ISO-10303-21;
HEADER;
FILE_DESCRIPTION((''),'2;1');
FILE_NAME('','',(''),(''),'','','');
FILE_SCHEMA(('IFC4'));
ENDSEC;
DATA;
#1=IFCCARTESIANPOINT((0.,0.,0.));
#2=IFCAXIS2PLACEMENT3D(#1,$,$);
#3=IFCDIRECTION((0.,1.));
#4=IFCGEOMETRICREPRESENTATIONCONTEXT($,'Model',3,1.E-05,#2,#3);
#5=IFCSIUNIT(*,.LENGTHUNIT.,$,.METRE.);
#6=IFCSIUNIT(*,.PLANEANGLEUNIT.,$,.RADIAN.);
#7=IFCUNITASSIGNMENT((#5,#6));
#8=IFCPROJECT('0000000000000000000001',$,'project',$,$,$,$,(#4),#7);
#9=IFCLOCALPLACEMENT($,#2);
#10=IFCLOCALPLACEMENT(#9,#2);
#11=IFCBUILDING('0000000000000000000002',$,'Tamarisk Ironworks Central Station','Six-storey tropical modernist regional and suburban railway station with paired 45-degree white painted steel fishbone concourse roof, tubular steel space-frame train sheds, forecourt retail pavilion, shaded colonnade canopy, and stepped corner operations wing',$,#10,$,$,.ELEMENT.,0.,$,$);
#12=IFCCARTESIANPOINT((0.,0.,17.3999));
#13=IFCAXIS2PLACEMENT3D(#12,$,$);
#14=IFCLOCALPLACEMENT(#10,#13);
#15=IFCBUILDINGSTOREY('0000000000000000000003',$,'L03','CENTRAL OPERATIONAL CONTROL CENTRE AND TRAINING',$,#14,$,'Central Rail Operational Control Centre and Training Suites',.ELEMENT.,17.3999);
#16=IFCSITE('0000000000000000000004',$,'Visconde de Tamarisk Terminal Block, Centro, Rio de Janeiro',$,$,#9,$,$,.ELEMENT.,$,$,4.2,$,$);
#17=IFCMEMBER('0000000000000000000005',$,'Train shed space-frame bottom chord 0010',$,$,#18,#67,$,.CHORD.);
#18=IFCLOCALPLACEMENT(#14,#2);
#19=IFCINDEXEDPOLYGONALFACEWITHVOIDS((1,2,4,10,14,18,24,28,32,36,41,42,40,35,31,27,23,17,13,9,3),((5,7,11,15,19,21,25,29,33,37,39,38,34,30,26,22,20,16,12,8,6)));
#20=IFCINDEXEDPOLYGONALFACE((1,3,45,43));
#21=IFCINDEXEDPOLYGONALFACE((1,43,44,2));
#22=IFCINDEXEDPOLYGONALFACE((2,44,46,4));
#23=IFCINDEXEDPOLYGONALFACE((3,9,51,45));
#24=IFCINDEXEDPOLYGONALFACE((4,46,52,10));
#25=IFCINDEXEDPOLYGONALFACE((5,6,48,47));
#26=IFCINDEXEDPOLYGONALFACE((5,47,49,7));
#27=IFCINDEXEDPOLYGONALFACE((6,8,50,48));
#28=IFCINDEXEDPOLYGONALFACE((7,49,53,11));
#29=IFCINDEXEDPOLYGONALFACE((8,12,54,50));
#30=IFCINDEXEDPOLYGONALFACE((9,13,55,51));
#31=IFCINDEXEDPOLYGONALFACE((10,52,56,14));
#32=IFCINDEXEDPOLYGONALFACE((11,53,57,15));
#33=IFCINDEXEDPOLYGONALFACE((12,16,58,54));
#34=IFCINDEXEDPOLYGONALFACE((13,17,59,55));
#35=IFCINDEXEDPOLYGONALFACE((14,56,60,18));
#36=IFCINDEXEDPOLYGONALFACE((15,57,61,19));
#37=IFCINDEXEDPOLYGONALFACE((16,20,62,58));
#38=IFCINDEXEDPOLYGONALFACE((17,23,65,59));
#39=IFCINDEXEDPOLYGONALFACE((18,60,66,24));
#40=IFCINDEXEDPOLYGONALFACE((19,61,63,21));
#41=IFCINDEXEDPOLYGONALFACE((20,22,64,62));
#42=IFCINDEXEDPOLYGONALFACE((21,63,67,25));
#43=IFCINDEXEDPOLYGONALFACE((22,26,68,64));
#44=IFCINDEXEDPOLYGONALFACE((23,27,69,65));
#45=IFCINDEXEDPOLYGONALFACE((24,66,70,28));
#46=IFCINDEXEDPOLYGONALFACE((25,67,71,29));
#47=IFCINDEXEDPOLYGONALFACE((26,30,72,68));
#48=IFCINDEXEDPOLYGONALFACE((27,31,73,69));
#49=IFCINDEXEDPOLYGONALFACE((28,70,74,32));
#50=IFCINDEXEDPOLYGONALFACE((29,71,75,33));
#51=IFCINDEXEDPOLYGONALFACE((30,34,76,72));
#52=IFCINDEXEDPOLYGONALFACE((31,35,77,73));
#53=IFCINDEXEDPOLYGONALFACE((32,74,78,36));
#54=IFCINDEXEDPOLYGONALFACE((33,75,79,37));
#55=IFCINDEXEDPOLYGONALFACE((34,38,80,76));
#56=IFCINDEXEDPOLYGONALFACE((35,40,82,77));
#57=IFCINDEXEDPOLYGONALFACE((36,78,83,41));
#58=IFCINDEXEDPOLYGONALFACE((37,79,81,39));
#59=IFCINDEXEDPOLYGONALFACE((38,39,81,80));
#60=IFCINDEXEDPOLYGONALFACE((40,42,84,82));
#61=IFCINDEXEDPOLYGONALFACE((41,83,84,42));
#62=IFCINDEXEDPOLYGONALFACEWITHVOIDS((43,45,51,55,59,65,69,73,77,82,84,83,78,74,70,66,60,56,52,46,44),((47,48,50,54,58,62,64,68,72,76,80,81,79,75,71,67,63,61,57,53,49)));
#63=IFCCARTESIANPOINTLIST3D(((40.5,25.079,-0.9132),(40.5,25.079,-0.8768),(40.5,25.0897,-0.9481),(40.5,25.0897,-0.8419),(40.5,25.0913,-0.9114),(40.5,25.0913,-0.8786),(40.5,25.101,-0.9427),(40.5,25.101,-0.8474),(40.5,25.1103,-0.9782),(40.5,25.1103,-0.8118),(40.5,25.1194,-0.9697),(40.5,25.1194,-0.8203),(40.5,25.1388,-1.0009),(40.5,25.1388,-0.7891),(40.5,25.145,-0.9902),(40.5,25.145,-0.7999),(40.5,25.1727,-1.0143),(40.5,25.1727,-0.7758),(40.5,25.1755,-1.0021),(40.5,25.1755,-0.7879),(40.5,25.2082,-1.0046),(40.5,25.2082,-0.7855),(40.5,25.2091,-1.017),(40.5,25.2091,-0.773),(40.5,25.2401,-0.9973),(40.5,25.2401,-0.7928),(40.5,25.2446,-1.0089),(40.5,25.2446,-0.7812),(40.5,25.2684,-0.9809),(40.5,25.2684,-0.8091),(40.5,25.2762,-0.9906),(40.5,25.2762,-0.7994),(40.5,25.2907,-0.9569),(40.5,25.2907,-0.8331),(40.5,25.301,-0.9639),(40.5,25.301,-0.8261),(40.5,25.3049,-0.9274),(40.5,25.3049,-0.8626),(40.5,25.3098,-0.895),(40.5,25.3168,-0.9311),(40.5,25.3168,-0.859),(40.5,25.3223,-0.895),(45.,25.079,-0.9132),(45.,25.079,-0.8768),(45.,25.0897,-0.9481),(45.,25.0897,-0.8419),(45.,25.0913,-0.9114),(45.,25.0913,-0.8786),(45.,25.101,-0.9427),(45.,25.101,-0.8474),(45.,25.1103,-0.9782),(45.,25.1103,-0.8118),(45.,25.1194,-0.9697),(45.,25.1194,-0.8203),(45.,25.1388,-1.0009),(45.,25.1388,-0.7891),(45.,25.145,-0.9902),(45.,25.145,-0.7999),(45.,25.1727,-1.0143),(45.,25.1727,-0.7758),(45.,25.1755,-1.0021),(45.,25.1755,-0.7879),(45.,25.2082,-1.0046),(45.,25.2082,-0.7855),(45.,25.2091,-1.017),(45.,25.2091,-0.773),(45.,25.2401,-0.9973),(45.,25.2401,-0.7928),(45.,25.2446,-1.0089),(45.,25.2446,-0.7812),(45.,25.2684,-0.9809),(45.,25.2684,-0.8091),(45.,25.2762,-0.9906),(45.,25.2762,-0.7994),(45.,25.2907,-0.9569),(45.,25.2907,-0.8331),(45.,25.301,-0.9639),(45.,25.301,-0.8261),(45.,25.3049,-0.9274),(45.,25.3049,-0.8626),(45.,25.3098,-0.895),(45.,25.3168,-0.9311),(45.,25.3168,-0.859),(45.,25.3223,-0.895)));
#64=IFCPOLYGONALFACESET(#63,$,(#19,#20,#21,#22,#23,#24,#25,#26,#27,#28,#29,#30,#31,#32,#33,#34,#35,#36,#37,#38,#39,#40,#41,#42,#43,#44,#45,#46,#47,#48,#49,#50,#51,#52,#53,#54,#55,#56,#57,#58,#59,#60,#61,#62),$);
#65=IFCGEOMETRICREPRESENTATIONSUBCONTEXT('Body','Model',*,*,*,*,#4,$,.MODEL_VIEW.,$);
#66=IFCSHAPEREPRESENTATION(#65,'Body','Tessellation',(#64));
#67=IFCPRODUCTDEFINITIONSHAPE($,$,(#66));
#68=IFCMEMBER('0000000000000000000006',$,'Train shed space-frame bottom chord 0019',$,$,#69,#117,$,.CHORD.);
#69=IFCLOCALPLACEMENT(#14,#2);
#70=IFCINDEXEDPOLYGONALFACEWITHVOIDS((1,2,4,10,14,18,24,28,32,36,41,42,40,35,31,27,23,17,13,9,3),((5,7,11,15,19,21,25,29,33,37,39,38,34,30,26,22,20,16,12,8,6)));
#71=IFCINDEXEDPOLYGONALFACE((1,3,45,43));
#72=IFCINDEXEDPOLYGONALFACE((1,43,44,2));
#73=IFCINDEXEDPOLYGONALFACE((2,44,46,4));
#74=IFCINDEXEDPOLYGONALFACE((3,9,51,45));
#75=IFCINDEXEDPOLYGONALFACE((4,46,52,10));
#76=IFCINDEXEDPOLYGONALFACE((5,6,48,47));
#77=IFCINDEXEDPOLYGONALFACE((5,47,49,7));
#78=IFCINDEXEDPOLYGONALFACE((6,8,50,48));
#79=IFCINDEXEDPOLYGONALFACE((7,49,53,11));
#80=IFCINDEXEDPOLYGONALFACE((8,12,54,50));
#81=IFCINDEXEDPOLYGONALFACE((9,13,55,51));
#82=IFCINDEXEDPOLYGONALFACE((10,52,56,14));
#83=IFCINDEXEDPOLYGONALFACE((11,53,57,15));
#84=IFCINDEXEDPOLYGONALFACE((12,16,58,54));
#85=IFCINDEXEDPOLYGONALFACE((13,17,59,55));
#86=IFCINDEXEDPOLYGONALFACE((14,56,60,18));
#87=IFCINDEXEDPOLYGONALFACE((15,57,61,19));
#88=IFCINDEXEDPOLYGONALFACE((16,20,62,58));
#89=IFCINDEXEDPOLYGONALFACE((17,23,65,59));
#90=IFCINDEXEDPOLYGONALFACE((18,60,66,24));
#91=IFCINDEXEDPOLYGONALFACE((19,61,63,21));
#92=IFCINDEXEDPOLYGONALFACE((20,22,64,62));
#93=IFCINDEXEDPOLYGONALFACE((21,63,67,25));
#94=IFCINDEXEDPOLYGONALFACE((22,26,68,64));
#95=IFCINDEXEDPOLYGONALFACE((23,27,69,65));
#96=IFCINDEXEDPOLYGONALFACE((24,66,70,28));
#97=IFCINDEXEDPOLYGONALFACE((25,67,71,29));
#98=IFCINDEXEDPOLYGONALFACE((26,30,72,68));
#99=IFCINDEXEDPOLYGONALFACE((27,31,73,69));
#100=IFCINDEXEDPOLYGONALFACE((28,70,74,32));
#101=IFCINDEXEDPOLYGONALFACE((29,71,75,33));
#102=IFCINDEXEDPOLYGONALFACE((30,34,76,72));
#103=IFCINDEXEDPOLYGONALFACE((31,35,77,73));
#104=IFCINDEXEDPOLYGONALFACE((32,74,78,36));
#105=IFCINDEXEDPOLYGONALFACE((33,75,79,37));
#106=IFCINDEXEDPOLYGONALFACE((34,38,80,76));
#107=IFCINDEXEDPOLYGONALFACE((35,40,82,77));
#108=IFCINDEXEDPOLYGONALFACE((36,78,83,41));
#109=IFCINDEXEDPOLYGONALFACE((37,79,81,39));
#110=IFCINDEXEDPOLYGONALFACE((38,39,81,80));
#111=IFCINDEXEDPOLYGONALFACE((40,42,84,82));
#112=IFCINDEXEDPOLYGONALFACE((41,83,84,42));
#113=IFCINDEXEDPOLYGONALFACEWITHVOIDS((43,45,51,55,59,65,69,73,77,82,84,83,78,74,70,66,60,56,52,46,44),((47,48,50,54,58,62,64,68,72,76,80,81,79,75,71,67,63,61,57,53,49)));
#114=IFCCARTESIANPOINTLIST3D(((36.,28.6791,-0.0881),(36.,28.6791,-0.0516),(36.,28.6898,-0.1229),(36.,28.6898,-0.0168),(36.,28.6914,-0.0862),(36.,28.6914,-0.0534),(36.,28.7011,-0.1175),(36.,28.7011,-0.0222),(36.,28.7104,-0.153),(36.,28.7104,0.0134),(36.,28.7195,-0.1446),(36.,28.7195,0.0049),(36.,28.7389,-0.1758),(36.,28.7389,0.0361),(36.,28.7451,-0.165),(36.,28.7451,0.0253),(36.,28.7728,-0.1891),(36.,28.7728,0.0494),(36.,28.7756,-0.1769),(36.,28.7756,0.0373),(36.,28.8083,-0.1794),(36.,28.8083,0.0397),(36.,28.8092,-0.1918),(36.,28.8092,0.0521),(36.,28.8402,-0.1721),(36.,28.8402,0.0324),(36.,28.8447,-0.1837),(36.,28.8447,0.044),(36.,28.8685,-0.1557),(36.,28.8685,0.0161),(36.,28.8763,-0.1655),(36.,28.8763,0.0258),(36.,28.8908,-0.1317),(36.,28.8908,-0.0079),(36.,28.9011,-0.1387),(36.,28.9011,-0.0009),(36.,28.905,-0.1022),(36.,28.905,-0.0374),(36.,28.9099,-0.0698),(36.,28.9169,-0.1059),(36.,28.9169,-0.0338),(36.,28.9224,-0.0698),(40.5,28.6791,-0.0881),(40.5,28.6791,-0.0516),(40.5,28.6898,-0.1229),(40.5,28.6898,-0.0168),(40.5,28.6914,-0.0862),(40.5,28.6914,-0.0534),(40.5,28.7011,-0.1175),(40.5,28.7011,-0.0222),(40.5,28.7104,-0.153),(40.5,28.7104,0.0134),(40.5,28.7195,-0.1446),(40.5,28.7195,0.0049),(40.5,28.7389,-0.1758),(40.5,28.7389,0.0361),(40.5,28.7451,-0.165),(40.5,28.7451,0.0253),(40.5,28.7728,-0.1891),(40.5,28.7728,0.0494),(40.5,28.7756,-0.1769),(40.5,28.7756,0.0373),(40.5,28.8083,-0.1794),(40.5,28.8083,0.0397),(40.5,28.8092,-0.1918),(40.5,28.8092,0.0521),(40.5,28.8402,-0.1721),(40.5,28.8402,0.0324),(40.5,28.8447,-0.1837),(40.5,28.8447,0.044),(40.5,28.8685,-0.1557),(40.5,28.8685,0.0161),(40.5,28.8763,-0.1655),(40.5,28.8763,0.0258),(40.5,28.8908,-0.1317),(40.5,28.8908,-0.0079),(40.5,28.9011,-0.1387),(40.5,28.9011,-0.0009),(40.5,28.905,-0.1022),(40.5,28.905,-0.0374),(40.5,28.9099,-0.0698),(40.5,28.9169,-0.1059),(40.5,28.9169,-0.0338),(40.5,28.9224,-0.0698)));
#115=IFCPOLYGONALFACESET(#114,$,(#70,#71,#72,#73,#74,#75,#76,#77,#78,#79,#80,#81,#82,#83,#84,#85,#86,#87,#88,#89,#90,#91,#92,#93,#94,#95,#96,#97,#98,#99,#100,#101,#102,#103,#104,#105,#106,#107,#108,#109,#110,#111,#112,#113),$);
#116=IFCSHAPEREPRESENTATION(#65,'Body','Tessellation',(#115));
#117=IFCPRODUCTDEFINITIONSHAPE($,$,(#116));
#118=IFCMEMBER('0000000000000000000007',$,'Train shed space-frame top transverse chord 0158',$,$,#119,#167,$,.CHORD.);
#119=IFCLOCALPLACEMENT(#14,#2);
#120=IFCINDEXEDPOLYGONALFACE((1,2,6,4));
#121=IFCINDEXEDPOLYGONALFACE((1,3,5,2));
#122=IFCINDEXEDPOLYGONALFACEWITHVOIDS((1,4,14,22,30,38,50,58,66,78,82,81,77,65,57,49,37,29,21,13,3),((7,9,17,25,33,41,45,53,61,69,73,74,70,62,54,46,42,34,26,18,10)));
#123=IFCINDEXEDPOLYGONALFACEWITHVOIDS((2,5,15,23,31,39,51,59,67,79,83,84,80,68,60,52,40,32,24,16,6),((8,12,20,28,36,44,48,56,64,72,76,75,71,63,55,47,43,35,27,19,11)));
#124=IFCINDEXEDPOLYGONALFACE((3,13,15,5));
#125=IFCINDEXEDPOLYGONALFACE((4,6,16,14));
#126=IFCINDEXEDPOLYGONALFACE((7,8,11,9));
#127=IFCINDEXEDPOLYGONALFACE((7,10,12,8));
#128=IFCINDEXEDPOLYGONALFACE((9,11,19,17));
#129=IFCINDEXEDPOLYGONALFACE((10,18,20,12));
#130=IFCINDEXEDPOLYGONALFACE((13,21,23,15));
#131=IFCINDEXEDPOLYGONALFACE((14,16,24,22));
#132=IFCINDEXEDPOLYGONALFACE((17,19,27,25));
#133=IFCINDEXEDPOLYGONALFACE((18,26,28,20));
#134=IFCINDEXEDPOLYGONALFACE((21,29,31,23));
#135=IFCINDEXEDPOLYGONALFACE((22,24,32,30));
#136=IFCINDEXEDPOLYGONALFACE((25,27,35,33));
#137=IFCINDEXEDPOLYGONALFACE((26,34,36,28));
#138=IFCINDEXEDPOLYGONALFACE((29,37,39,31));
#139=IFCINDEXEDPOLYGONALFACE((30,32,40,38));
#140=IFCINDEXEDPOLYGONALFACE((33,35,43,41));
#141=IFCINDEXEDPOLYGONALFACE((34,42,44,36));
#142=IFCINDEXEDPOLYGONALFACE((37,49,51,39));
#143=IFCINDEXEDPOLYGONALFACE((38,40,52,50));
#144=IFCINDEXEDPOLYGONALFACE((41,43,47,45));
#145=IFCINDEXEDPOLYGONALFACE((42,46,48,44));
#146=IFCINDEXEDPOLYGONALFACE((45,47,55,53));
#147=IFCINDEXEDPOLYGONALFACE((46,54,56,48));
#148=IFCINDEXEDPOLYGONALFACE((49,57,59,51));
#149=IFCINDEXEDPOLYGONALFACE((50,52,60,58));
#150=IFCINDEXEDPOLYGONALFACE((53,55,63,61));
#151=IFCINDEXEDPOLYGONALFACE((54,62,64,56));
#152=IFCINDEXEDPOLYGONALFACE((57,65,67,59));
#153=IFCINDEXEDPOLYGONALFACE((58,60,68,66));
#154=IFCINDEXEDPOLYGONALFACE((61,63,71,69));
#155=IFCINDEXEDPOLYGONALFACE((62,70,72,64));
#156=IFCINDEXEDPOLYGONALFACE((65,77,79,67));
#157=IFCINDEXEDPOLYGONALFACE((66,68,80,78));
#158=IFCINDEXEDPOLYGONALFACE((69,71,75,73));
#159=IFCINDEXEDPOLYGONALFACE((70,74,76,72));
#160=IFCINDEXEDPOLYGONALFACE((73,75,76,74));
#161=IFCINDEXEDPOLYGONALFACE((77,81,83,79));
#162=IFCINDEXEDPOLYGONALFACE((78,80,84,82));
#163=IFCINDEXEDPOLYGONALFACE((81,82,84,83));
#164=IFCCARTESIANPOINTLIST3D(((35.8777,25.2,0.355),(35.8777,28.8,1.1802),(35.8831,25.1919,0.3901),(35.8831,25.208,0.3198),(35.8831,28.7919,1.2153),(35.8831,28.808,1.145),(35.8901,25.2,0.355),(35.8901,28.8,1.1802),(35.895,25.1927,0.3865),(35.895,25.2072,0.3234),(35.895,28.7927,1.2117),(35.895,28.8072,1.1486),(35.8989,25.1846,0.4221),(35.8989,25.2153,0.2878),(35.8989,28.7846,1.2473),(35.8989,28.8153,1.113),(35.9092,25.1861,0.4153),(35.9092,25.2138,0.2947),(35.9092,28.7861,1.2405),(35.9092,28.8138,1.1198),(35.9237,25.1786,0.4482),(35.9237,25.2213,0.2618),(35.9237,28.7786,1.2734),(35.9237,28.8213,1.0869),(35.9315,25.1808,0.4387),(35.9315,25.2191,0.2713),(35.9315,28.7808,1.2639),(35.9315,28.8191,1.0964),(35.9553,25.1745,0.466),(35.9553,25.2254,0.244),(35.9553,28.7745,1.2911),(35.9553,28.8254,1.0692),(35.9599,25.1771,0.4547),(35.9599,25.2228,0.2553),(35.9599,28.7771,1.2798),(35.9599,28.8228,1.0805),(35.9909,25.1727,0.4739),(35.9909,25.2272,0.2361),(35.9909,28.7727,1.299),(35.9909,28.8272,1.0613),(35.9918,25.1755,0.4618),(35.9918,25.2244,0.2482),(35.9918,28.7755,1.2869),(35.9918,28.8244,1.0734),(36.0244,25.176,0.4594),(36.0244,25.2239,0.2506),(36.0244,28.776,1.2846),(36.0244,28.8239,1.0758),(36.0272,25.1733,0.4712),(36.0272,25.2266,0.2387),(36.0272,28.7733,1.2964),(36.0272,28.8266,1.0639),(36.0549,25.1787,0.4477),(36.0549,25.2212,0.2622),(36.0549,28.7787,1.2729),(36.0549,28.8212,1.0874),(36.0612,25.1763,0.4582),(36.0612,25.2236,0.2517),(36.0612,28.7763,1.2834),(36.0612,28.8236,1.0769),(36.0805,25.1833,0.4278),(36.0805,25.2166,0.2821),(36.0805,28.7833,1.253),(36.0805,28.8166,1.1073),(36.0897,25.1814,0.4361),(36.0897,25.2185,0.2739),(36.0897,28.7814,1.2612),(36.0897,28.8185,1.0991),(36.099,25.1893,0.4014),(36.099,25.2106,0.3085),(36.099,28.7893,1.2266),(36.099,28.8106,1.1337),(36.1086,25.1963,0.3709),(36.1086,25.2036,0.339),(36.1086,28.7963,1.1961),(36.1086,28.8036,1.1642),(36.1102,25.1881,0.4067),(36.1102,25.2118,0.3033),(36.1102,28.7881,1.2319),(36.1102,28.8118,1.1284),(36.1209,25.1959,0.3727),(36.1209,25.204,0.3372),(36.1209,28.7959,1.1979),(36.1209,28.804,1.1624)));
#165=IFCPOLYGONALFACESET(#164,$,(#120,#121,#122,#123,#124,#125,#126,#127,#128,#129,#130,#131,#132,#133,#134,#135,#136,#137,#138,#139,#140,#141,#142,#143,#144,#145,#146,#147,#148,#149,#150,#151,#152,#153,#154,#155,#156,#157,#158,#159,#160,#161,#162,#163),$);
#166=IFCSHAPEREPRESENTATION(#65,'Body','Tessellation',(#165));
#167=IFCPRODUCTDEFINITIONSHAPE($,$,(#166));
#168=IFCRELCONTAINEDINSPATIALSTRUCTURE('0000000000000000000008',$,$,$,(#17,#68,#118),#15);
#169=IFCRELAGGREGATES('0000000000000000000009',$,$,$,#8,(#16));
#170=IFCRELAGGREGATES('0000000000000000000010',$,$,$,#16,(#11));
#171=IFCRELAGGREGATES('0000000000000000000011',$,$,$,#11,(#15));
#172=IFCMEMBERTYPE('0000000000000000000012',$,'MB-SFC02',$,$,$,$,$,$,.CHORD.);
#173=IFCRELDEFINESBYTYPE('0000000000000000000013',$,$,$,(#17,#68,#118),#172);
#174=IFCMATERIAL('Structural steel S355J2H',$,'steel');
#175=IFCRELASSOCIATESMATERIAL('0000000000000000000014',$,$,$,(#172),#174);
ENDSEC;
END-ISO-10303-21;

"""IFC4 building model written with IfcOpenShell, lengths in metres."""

from ifc_helpers import new_model, si_unit, direction, frame, origin, origin_2d, place, context, subcontext, project, spatial, hollow_circle, extrude, material, material_profile, profile_set, type_object, element, save


model = new_model("IFC4")

# Units and contexts
model_context = context("Model", 3, precision=1e-05, world=origin(), true_north=direction((0.0, 1.0)))
body_context = subcontext(model_context, "Body", "Model", "MODEL_VIEW")
ifc_project = project(units=[si_unit("LENGTHUNIT", "METRE"), si_unit("PLANEANGLEUNIT", "RADIAN")], contexts=[model_context])

# Site, building, storey
site_placement = place(None, origin())
site = spatial("IfcSite", under=ifc_project, at=site_placement, Name="Visconde de Tamarisk Terminal Block, Centro, Rio de Janeiro", CompositionType="ELEMENT", RefElevation=4.2)
building_placement = place(site_placement, origin())
building = spatial("IfcBuilding", under=site, at=building_placement, Name="Tamarisk Ironworks Central Station", Description="Six-storey tropical modernist regional and suburban railway station with paired 45-degree white painted steel fishbone concourse roof, tubular steel space-frame train sheds, forecourt retail pavilion, shaded colonnade canopy, and stepped corner operations wing", CompositionType="ELEMENT", ElevationOfRefHeight=0.0)
storey_placement = place(building_placement, frame((0.0, 0.0, 17.3999)))
storey = spatial("IfcBuildingStorey", under=building, at=storey_placement, Name="L03", Description="CENTRAL OPERATIONAL CONTROL CENTRE AND TRAINING", LongName="Central Rail Operational Control Centre and Training Suites", CompositionType="ELEMENT", Elevation=17.3999)

# Members
ifc_material_1 = material(Name="Structural steel S355J2H", Category="steel")
ifc_material_profile_1 = material_profile(ifc_material_1, hollow_circle(Radius=0.1223, WallThickness=0.0125, at=origin_2d()), Name="CHS 244.5x12.5")
ifc_profile_set_1 = profile_set([ifc_material_profile_1], Name="Structural steel S355J2H")
member_type_1 = type_object("IfcMemberType", Name="MB-SFC02", PredefinedType="CHORD", material=ifc_profile_set_1)
for number, where, z_axis, x_axis, name in (
    (1, (40.5, 25.2, -0.895), (1.0, 0.0, 0.0), (0.0, 1.0, 0.0), "Train shed space-frame bottom chord 0010"),
    (2, (36.0, 28.8, -0.0698), (1.0, 0.0, 0.0), (0.0, 1.0, 0.0), "Train shed space-frame bottom chord 0019"),
):
    element("IfcMember", number, at=place(storey_placement, frame(where, z_axis=z_axis, x_axis=x_axis)), inside=storey, type_object=member_type_1, Name=name, PredefinedType="CHORD", context=body_context, shape_type="SweptSolid", body=[
        extrude(hollow_circle(Radius=0.1223, WallThickness=0.0125, at=origin_2d()), origin(), (0.0, 0.0, 1.0), 4.5),
    ])
member_1_placement = place(storey_placement, frame((36.0, 25.2, 0.355), z_axis=(0.0, 0.974722, 0.223421), x_axis=(-1.0, 0.0, 0.0)))
element("IfcMember", 3, at=member_1_placement, inside=storey, type_object=member_type_1, Name="Train shed space-frame top transverse chord 0158", PredefinedType="CHORD", context=body_context, shape_type="SweptSolid", body=[
    extrude(hollow_circle(Radius=0.1223, WallThickness=0.0125, at=origin_2d()), origin(), (0.0, 0.0, 1.0), 3.6934),
])

save(model, "model.ifc")
